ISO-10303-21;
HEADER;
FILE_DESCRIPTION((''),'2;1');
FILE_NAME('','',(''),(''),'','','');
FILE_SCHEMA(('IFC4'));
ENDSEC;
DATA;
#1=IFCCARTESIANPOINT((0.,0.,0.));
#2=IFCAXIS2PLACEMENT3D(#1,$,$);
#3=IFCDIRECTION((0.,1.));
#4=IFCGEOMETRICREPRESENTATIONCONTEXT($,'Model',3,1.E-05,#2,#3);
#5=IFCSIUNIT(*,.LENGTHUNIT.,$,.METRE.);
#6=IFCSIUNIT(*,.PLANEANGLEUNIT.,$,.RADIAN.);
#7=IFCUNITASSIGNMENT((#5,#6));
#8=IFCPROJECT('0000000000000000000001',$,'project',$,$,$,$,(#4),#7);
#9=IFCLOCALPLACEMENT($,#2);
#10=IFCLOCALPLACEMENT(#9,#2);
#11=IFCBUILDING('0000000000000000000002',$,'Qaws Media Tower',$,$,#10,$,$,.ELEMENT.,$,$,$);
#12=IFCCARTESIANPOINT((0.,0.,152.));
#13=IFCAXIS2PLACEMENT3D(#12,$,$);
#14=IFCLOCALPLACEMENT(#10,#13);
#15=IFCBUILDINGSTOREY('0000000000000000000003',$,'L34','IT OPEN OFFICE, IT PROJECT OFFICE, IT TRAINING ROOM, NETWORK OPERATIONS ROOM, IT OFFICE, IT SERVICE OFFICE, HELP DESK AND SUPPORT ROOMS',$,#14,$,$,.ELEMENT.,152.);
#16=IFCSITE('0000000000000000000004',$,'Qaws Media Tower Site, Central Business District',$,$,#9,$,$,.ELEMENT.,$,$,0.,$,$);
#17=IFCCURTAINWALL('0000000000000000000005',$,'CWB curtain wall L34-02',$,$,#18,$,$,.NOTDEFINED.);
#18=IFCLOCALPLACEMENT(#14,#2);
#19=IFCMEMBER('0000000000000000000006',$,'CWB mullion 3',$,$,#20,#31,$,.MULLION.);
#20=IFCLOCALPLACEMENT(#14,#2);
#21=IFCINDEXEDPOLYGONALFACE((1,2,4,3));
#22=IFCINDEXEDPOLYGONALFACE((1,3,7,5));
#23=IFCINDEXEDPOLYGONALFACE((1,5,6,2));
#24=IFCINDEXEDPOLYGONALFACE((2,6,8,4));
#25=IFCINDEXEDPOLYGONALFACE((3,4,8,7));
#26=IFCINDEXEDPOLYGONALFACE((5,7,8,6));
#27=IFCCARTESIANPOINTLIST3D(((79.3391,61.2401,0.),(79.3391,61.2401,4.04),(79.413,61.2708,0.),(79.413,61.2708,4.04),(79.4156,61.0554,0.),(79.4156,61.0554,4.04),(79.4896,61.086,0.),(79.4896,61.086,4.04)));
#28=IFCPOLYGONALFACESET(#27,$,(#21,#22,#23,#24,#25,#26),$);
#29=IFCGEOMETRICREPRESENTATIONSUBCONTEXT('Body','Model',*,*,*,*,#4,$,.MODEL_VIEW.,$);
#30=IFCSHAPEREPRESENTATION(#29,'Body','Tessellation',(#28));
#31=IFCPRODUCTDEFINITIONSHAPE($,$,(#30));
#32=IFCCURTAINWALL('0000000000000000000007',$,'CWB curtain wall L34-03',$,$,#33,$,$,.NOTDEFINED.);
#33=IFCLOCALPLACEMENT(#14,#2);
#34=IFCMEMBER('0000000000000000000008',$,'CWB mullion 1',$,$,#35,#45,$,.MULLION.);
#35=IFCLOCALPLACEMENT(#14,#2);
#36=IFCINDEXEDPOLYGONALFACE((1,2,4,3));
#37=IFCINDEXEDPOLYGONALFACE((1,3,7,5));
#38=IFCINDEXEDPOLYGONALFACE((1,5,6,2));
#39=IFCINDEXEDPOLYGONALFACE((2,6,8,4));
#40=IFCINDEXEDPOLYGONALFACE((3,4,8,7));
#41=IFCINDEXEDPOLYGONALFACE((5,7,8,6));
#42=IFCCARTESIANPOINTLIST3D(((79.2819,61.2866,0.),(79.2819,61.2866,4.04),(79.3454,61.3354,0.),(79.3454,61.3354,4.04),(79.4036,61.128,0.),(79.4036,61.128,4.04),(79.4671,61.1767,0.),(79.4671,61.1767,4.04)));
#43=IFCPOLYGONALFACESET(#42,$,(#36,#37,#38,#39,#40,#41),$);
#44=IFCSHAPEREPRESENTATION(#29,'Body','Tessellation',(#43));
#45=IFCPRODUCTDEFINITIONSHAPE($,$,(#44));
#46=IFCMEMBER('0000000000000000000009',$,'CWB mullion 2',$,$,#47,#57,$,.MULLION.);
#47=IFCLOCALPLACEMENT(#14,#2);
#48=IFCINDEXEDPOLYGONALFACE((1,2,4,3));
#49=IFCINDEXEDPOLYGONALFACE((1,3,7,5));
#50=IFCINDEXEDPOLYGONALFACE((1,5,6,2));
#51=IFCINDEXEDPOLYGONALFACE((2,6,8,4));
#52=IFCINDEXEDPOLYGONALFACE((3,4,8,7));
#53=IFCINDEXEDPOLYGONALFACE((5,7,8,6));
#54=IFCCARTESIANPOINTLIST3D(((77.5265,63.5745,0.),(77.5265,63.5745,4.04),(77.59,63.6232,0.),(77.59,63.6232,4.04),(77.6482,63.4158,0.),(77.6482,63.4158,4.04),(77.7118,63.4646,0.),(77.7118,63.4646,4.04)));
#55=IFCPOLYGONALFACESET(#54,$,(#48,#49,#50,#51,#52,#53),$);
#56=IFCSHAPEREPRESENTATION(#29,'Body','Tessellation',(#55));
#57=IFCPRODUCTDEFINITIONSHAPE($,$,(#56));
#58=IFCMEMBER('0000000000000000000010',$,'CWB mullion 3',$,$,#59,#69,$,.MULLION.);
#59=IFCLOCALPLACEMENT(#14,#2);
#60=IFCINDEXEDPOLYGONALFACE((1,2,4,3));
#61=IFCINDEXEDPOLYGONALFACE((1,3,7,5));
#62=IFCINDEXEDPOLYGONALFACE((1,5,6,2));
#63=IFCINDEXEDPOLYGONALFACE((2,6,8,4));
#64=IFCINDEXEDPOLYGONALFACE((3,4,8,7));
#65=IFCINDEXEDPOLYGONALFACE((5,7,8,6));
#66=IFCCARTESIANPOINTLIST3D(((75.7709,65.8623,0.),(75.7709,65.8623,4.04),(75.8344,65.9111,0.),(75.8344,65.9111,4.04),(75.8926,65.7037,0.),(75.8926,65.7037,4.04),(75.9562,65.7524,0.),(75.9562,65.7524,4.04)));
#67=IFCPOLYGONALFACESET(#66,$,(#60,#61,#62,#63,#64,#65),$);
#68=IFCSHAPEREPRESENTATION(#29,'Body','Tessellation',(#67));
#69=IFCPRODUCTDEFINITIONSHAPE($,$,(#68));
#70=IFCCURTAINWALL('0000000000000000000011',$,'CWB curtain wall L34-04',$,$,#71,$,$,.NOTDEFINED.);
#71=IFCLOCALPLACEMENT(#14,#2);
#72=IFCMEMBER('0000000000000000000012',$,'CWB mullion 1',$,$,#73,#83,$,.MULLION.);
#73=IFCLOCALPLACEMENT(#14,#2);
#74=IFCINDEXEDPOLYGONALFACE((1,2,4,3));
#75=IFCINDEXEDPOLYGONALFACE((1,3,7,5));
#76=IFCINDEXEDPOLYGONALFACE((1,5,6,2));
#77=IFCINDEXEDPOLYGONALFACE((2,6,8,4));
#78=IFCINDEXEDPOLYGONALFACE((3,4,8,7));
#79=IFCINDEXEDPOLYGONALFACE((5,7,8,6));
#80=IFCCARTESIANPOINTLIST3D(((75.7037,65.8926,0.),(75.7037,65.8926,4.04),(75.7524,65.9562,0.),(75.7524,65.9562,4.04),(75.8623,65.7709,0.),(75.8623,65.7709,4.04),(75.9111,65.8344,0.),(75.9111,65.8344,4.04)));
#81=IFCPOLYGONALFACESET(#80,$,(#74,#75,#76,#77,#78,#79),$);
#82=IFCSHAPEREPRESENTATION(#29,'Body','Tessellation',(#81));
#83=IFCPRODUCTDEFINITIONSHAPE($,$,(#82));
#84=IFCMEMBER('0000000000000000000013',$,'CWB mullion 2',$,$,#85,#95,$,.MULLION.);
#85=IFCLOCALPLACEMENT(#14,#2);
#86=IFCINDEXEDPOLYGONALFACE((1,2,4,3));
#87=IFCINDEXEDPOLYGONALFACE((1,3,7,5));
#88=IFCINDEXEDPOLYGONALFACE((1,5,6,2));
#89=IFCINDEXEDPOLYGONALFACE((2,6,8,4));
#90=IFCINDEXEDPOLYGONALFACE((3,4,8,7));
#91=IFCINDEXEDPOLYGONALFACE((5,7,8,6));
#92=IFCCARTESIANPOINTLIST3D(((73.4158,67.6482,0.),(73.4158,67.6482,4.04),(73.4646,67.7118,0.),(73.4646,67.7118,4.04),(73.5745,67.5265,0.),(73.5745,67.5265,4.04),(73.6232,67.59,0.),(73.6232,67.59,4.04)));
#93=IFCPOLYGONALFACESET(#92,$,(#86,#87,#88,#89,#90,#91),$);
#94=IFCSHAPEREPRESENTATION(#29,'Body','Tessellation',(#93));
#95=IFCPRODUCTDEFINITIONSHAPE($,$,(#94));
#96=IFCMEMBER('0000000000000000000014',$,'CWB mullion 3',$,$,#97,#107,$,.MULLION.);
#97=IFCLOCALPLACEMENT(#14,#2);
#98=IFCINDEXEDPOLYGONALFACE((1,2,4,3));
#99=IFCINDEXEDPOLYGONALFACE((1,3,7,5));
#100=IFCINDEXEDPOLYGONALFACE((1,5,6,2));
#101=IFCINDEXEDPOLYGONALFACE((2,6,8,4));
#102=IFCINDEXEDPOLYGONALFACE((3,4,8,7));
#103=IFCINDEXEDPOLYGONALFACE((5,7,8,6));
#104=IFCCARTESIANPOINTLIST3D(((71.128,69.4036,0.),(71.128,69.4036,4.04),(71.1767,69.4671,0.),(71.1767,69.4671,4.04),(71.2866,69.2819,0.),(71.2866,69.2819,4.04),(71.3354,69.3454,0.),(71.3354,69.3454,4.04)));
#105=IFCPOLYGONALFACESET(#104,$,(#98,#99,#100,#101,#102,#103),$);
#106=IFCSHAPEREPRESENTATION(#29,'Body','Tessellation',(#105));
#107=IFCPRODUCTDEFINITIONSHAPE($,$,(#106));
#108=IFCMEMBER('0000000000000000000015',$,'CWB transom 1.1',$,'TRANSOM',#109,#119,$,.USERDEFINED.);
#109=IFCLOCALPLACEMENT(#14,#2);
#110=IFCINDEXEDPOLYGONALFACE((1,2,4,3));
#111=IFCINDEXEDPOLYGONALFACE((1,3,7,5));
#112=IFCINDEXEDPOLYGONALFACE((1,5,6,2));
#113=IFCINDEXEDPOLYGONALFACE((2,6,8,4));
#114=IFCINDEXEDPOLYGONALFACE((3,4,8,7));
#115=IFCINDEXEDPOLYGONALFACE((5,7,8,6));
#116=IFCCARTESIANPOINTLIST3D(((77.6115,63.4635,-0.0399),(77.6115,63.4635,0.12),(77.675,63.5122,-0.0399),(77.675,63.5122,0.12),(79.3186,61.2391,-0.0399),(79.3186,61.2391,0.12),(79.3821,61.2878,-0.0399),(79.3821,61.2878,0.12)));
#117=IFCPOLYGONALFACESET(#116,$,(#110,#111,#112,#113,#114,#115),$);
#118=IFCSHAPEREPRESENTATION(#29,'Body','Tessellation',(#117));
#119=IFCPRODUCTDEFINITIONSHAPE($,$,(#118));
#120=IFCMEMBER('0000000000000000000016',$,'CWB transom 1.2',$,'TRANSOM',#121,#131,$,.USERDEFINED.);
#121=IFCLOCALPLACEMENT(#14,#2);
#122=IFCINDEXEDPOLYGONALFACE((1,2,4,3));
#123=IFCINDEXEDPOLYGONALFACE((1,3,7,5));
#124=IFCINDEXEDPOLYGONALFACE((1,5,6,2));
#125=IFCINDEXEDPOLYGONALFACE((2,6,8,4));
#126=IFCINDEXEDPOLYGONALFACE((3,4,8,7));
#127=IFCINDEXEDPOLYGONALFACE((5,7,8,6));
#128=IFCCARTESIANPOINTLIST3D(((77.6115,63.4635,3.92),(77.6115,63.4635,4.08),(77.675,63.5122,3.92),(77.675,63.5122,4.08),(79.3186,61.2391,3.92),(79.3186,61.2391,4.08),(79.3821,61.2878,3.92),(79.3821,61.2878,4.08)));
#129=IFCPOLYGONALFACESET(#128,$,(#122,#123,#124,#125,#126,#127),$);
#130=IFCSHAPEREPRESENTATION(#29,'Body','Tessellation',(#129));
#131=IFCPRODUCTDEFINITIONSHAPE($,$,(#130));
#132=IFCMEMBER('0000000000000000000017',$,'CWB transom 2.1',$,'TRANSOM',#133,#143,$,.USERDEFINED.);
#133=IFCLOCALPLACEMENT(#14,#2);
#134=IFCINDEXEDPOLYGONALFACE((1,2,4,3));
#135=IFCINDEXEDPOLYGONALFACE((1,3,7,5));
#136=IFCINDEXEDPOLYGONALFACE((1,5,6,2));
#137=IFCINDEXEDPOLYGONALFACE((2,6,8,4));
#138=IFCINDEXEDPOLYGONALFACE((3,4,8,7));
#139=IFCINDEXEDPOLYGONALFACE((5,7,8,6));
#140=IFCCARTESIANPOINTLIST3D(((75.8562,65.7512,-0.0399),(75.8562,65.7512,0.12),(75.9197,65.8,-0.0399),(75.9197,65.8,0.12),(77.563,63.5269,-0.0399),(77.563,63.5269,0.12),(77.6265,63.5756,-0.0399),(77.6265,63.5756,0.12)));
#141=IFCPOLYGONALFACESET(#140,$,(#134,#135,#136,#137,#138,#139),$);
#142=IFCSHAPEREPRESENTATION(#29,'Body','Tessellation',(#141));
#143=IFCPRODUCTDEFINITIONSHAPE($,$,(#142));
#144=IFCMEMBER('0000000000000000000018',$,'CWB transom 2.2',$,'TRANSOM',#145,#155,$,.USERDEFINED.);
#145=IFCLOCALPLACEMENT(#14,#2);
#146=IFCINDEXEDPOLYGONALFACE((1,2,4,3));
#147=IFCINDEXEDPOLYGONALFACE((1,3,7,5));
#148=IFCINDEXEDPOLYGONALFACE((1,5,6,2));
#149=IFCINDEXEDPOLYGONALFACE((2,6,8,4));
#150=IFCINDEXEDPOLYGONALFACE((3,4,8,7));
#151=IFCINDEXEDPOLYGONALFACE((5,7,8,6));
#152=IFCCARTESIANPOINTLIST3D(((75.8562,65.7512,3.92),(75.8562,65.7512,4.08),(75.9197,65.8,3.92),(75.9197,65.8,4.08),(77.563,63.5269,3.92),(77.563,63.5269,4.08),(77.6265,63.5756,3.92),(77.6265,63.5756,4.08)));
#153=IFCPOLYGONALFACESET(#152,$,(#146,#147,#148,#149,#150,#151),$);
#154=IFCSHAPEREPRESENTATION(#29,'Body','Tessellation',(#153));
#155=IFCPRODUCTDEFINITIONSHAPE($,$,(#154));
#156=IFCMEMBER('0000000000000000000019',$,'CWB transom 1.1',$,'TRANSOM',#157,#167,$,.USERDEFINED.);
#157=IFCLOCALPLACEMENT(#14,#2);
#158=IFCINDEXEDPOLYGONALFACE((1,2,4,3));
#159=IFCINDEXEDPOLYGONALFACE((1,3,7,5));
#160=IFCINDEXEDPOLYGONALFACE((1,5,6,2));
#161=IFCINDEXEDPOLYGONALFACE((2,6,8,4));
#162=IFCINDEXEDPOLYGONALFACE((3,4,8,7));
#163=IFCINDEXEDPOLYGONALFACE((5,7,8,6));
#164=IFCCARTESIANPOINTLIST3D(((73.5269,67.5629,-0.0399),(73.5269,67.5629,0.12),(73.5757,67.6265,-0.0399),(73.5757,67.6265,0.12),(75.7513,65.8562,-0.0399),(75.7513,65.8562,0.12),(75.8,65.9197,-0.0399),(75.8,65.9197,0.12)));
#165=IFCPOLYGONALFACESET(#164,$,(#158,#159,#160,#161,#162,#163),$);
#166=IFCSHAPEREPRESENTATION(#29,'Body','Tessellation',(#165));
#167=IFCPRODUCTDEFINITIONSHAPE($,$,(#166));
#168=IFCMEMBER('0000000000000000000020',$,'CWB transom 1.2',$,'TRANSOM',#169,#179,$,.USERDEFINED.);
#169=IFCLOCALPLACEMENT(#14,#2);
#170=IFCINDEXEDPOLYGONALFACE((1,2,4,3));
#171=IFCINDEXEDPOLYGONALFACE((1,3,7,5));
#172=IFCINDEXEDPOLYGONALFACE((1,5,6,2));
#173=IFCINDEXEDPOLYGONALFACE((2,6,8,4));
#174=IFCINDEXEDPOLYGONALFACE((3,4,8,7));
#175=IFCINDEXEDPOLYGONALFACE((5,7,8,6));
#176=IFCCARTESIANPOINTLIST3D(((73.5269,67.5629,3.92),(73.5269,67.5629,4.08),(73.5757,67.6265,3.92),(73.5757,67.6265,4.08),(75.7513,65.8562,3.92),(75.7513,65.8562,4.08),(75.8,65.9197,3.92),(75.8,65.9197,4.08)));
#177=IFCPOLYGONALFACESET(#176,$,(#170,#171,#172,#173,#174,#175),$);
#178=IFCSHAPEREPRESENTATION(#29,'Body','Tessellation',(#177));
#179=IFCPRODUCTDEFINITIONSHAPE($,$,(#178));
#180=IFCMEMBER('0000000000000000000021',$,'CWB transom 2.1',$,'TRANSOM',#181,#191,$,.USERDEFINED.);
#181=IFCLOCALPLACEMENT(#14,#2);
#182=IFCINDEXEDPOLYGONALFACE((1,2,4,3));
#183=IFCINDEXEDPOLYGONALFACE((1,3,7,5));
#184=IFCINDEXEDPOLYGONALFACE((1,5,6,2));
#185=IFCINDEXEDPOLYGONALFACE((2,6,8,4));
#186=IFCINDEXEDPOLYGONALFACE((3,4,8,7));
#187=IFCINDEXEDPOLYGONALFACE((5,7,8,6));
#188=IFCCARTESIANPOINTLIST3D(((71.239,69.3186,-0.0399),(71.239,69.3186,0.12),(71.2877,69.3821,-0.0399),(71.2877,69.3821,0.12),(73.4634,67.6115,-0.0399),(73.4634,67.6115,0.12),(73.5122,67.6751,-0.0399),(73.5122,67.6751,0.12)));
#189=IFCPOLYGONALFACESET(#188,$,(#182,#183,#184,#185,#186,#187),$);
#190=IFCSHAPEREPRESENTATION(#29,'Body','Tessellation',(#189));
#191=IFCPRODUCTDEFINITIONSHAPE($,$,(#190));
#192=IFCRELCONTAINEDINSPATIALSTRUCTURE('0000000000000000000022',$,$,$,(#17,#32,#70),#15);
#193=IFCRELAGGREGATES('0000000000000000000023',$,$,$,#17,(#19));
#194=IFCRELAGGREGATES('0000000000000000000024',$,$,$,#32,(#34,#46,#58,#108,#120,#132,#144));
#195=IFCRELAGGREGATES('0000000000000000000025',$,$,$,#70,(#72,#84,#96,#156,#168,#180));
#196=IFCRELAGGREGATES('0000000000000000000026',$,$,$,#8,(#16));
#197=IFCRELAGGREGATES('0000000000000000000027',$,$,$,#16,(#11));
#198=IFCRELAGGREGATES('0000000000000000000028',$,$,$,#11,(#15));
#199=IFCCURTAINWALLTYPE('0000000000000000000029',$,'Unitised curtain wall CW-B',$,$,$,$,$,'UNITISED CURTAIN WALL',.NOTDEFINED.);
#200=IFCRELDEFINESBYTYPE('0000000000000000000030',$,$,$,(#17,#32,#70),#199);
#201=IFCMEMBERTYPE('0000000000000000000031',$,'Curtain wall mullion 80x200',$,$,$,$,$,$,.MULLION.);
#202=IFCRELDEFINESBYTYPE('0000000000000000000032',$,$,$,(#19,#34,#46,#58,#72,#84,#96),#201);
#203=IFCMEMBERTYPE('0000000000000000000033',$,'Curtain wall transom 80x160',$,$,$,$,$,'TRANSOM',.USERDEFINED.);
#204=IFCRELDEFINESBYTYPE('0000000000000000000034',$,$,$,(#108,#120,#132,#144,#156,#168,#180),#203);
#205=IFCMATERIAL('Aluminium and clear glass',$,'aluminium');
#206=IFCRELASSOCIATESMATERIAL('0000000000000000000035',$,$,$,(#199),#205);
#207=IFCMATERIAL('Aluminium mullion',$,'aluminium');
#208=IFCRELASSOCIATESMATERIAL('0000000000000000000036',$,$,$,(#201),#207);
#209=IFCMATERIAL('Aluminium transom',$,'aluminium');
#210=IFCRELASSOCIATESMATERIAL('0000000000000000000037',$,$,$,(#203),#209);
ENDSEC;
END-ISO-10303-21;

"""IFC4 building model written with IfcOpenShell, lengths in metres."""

from ifc_helpers import new_model, si_unit, direction, frame, origin, origin_2d, place, context, subcontext, project, spatial, rectangle, extrude, material, material_profile, profile_set, type_object, element, aggregate, save


model = new_model("IFC4")

# Units and contexts
model_context = context("Model", 3, precision=1e-05, world=origin(), true_north=direction((0.0, 1.0)))
body_context = subcontext(model_context, "Body", "Model", "MODEL_VIEW")
ifc_project = project(units=[si_unit("LENGTHUNIT", "METRE"), si_unit("PLANEANGLEUNIT", "RADIAN")], contexts=[model_context])

# Site, building, storey
site_placement = place(None, origin())
site = spatial("IfcSite", under=ifc_project, at=site_placement, Name="Qaws Media Tower Site, Central Business District", CompositionType="ELEMENT", RefElevation=0.0)
building_placement = place(site_placement, origin())
building = spatial("IfcBuilding", under=site, at=building_placement, Name="Qaws Media Tower", CompositionType="ELEMENT")
storey_placement = place(building_placement, frame((0.0, 0.0, 152.0)))
storey = spatial("IfcBuildingStorey", under=building, at=storey_placement, Name="L34", Description="IT OPEN OFFICE, IT PROJECT OFFICE, IT TRAINING ROOM, NETWORK OPERATIONS ROOM, IT OFFICE, IT SERVICE OFFICE, HELP DESK AND SUPPORT ROOMS", CompositionType="ELEMENT", Elevation=152.0)

# Curtain wall, member
ifc_material_1 = material(Name="Aluminium and clear glass", Category="aluminium")
curtain_wall_type = type_object("IfcCurtainWallType", Name="Unitised curtain wall CW-B", ElementType="UNITISED CURTAIN WALL", PredefinedType="NOTDEFINED", material=ifc_material_1)
curtain_wall_1_placement = place(storey_placement, origin())
curtain_wall_1 = element("IfcCurtainWall", 1, at=curtain_wall_1_placement, inside=storey, type_object=curtain_wall_type, Name="CWB curtain wall L34-02", PredefinedType="NOTDEFINED")
ifc_material_2 = material(Name="Aluminium mullion", Category="aluminium")
ifc_material_profile_1 = material_profile(ifc_material_2, rectangle(XDim=0.0801, YDim=0.2, at=origin_2d()), Name="80x200")
ifc_profile_set_1 = profile_set([ifc_material_profile_1], Name="Aluminium mullion")
member_type_1 = type_object("IfcMemberType", Name="Curtain wall mullion 80x200", PredefinedType="MULLION", material=ifc_profile_set_1)
member_1_placement = place(storey_placement, frame((79.4143, 61.1631, 0.0), z_axis=(0.0, 0.0, 1.0), x_axis=(-0.923879, -0.382684, 0.0)))
member_1 = element("IfcMember", 2, at=member_1_placement, type_object=member_type_1, Name="CWB mullion 3", PredefinedType="MULLION", context=body_context, shape_type="SweptSolid", body=[
    extrude(rectangle(XDim=0.0801, YDim=0.2, at=origin_2d()), origin(), (0.0, 0.0, 1.0), 4.04),
])

# Curtain walls, members
curtain_wall_2_placement = place(storey_placement, origin())
curtain_wall_2 = element("IfcCurtainWall", 3, at=curtain_wall_2_placement, inside=storey, type_object=curtain_wall_type, Name="CWB curtain wall L34-03", PredefinedType="NOTDEFINED")
member_2_placement = place(storey_placement, frame((79.3745, 61.2317, 0.0), z_axis=(0.0, 0.0, 1.0), x_axis=(-0.793353, -0.608761, 0.0)))
member_2 = element("IfcMember", 4, at=member_2_placement, type_object=member_type_1, Name="CWB mullion 1", PredefinedType="MULLION", context=body_context, shape_type="SweptSolid", body=[
    extrude(rectangle(XDim=0.0801, YDim=0.2, at=origin_2d()), origin(), (0.0, 0.0, 1.0), 4.04),
])
member_3_placement = place(storey_placement, frame((77.6191, 63.5195, 0.0), z_axis=(0.0, 0.0, 1.0), x_axis=(-0.793353, -0.608761, 0.0)))
member_3 = element("IfcMember", 5, at=member_3_placement, type_object=member_type_1, Name="CWB mullion 2", PredefinedType="MULLION", context=body_context, shape_type="SweptSolid", body=[
    extrude(rectangle(XDim=0.0801, YDim=0.2, at=origin_2d()), origin(), (0.0, 0.0, 1.0), 4.04),
])
member_4_placement = place(storey_placement, frame((75.8635, 65.8074, 0.0), z_axis=(0.0, 0.0, 1.0), x_axis=(-0.793353, -0.608761, 0.0)))
member_4 = element("IfcMember", 6, at=member_4_placement, type_object=member_type_1, Name="CWB mullion 3", PredefinedType="MULLION", context=body_context, shape_type="SweptSolid", body=[
    extrude(rectangle(XDim=0.0801, YDim=0.2, at=origin_2d()), origin(), (0.0, 0.0, 1.0), 4.04),
])
curtain_wall_3_placement = place(storey_placement, origin())
curtain_wall_3 = element("IfcCurtainWall", 7, at=curtain_wall_3_placement, inside=storey, type_object=curtain_wall_type, Name="CWB curtain wall L34-04", PredefinedType="NOTDEFINED")
member_5_placement = place(storey_placement, frame((75.8074, 65.8635, 0.0), z_axis=(0.0, 0.0, 1.0), x_axis=(-0.608761, -0.793353, 0.0)))
member_5 = element("IfcMember", 8, at=member_5_placement, type_object=member_type_1, Name="CWB mullion 1", PredefinedType="MULLION", context=body_context, shape_type="SweptSolid", body=[
    extrude(rectangle(XDim=0.0801, YDim=0.2, at=origin_2d()), origin(), (0.0, 0.0, 1.0), 4.04),
])
member_6_placement = place(storey_placement, frame((73.5195, 67.6191, 0.0), z_axis=(0.0, 0.0, 1.0), x_axis=(-0.608761, -0.793353, 0.0)))
member_6 = element("IfcMember", 9, at=member_6_placement, type_object=member_type_1, Name="CWB mullion 2", PredefinedType="MULLION", context=body_context, shape_type="SweptSolid", body=[
    extrude(rectangle(XDim=0.0801, YDim=0.2, at=origin_2d()), origin(), (0.0, 0.0, 1.0), 4.04),
])
member_7_placement = place(storey_placement, frame((71.2317, 69.3745, 0.0), z_axis=(0.0, 0.0, 1.0), x_axis=(-0.608761, -0.793353, 0.0)))
member_7 = element("IfcMember", 10, at=member_7_placement, type_object=member_type_1, Name="CWB mullion 3", PredefinedType="MULLION", context=body_context, shape_type="SweptSolid", body=[
    extrude(rectangle(XDim=0.0801, YDim=0.2, at=origin_2d()), origin(), (0.0, 0.0, 1.0), 4.04),
])

# Members
ifc_material_3 = material(Name="Aluminium transom", Category="aluminium")
ifc_material_profile_2 = material_profile(ifc_material_3, rectangle(XDim=0.0801, YDim=0.1599, at=origin_2d()), Name="80x160")
ifc_profile_set_2 = profile_set([ifc_material_profile_2], Name="Aluminium transom")
member_type_2 = type_object("IfcMemberType", Name="Curtain wall transom 80x160", ElementType="TRANSOM", PredefinedType="USERDEFINED", material=ifc_profile_set_2)
member_8_placement = place(storey_placement, frame((79.3503, 61.2634, 0.04), z_axis=(-0.60881, 0.793316, 0.0), x_axis=(-0.793316, -0.60881, 0.0)))
member_8 = element("IfcMember", 11, at=member_8_placement, type_object=member_type_2, Name="CWB transom 1.1", ObjectType="TRANSOM", PredefinedType="USERDEFINED", context=body_context, shape_type="SweptSolid", body=[
    extrude(rectangle(XDim=0.0801, YDim=0.1599, at=origin_2d()), origin(), (0.0, 0.0, 1.0), 2.804),
])
member_9_placement = place(storey_placement, frame((79.3503, 61.2634, 4.0), z_axis=(-0.60881, 0.793316, 0.0), x_axis=(-0.793316, -0.60881, 0.0)))
member_9 = element("IfcMember", 12, at=member_9_placement, type_object=member_type_2, Name="CWB transom 1.2", ObjectType="TRANSOM", PredefinedType="USERDEFINED", context=body_context, shape_type="SweptSolid", body=[
    extrude(rectangle(XDim=0.0801, YDim=0.1599, at=origin_2d()), origin(), (0.0, 0.0, 1.0), 2.804),
])
member_10_placement = place(storey_placement, frame((77.5947, 63.5513, 0.04), z_axis=(-0.608755, 0.793358, 0.0), x_axis=(-0.793358, -0.608755, 0.0)))
member_10 = element("IfcMember", 13, at=member_10_placement, type_object=member_type_2, Name="CWB transom 2.1", ObjectType="TRANSOM", PredefinedType="USERDEFINED", context=body_context, shape_type="SweptSolid", body=[
    extrude(rectangle(XDim=0.0801, YDim=0.1599, at=origin_2d()), origin(), (0.0, 0.0, 1.0), 2.8037),
])
member_11_placement = place(storey_placement, frame((77.5947, 63.5513, 4.0), z_axis=(-0.608755, 0.793358, 0.0), x_axis=(-0.793358, -0.608755, 0.0)))
member_11 = element("IfcMember", 14, at=member_11_placement, type_object=member_type_2, Name="CWB transom 2.2", ObjectType="TRANSOM", PredefinedType="USERDEFINED", context=body_context, shape_type="SweptSolid", body=[
    extrude(rectangle(XDim=0.0801, YDim=0.1599, at=origin_2d()), origin(), (0.0, 0.0, 1.0), 2.8037),
])
member_12_placement = place(storey_placement, frame((75.7756, 65.8879, 0.04), z_axis=(-0.793358, 0.608755, 0.0), x_axis=(-0.608755, -0.793358, 0.0)))
member_12 = element("IfcMember", 15, at=member_12_placement, type_object=member_type_2, Name="CWB transom 1.1", ObjectType="TRANSOM", PredefinedType="USERDEFINED", context=body_context, shape_type="SweptSolid", body=[
    extrude(rectangle(XDim=0.0801, YDim=0.1599, at=origin_2d()), origin(), (0.0, 0.0, 1.0), 2.8037),
])
member_13_placement = place(storey_placement, frame((75.7756, 65.8879, 4.0), z_axis=(-0.793358, 0.608755, 0.0), x_axis=(-0.608755, -0.793358, 0.0)))
member_13 = element("IfcMember", 16, at=member_13_placement, type_object=member_type_2, Name="CWB transom 1.2", ObjectType="TRANSOM", PredefinedType="USERDEFINED", context=body_context, shape_type="SweptSolid", body=[
    extrude(rectangle(XDim=0.0801, YDim=0.1599, at=origin_2d()), origin(), (0.0, 0.0, 1.0), 2.8037),
])
member_14_placement = place(storey_placement, frame((73.4878, 67.6433, 0.04), z_axis=(-0.793316, 0.60881, 0.0), x_axis=(-0.60881, -0.793316, 0.0)))
member_14 = element("IfcMember", 17, at=member_14_placement, type_object=member_type_2, Name="CWB transom 2.1", ObjectType="TRANSOM", PredefinedType="USERDEFINED", context=body_context, shape_type="SweptSolid", body=[
    extrude(rectangle(XDim=0.0801, YDim=0.1599, at=origin_2d()), origin(), (0.0, 0.0, 1.0), 2.804),
])

aggregate(curtain_wall_1, [member_1])
aggregate(curtain_wall_2, [member_2, member_3, member_4, member_8, member_9, member_10, member_11])
aggregate(curtain_wall_3, [member_5, member_6, member_7, member_12, member_13, member_14])

save(model, "model.ifc")
